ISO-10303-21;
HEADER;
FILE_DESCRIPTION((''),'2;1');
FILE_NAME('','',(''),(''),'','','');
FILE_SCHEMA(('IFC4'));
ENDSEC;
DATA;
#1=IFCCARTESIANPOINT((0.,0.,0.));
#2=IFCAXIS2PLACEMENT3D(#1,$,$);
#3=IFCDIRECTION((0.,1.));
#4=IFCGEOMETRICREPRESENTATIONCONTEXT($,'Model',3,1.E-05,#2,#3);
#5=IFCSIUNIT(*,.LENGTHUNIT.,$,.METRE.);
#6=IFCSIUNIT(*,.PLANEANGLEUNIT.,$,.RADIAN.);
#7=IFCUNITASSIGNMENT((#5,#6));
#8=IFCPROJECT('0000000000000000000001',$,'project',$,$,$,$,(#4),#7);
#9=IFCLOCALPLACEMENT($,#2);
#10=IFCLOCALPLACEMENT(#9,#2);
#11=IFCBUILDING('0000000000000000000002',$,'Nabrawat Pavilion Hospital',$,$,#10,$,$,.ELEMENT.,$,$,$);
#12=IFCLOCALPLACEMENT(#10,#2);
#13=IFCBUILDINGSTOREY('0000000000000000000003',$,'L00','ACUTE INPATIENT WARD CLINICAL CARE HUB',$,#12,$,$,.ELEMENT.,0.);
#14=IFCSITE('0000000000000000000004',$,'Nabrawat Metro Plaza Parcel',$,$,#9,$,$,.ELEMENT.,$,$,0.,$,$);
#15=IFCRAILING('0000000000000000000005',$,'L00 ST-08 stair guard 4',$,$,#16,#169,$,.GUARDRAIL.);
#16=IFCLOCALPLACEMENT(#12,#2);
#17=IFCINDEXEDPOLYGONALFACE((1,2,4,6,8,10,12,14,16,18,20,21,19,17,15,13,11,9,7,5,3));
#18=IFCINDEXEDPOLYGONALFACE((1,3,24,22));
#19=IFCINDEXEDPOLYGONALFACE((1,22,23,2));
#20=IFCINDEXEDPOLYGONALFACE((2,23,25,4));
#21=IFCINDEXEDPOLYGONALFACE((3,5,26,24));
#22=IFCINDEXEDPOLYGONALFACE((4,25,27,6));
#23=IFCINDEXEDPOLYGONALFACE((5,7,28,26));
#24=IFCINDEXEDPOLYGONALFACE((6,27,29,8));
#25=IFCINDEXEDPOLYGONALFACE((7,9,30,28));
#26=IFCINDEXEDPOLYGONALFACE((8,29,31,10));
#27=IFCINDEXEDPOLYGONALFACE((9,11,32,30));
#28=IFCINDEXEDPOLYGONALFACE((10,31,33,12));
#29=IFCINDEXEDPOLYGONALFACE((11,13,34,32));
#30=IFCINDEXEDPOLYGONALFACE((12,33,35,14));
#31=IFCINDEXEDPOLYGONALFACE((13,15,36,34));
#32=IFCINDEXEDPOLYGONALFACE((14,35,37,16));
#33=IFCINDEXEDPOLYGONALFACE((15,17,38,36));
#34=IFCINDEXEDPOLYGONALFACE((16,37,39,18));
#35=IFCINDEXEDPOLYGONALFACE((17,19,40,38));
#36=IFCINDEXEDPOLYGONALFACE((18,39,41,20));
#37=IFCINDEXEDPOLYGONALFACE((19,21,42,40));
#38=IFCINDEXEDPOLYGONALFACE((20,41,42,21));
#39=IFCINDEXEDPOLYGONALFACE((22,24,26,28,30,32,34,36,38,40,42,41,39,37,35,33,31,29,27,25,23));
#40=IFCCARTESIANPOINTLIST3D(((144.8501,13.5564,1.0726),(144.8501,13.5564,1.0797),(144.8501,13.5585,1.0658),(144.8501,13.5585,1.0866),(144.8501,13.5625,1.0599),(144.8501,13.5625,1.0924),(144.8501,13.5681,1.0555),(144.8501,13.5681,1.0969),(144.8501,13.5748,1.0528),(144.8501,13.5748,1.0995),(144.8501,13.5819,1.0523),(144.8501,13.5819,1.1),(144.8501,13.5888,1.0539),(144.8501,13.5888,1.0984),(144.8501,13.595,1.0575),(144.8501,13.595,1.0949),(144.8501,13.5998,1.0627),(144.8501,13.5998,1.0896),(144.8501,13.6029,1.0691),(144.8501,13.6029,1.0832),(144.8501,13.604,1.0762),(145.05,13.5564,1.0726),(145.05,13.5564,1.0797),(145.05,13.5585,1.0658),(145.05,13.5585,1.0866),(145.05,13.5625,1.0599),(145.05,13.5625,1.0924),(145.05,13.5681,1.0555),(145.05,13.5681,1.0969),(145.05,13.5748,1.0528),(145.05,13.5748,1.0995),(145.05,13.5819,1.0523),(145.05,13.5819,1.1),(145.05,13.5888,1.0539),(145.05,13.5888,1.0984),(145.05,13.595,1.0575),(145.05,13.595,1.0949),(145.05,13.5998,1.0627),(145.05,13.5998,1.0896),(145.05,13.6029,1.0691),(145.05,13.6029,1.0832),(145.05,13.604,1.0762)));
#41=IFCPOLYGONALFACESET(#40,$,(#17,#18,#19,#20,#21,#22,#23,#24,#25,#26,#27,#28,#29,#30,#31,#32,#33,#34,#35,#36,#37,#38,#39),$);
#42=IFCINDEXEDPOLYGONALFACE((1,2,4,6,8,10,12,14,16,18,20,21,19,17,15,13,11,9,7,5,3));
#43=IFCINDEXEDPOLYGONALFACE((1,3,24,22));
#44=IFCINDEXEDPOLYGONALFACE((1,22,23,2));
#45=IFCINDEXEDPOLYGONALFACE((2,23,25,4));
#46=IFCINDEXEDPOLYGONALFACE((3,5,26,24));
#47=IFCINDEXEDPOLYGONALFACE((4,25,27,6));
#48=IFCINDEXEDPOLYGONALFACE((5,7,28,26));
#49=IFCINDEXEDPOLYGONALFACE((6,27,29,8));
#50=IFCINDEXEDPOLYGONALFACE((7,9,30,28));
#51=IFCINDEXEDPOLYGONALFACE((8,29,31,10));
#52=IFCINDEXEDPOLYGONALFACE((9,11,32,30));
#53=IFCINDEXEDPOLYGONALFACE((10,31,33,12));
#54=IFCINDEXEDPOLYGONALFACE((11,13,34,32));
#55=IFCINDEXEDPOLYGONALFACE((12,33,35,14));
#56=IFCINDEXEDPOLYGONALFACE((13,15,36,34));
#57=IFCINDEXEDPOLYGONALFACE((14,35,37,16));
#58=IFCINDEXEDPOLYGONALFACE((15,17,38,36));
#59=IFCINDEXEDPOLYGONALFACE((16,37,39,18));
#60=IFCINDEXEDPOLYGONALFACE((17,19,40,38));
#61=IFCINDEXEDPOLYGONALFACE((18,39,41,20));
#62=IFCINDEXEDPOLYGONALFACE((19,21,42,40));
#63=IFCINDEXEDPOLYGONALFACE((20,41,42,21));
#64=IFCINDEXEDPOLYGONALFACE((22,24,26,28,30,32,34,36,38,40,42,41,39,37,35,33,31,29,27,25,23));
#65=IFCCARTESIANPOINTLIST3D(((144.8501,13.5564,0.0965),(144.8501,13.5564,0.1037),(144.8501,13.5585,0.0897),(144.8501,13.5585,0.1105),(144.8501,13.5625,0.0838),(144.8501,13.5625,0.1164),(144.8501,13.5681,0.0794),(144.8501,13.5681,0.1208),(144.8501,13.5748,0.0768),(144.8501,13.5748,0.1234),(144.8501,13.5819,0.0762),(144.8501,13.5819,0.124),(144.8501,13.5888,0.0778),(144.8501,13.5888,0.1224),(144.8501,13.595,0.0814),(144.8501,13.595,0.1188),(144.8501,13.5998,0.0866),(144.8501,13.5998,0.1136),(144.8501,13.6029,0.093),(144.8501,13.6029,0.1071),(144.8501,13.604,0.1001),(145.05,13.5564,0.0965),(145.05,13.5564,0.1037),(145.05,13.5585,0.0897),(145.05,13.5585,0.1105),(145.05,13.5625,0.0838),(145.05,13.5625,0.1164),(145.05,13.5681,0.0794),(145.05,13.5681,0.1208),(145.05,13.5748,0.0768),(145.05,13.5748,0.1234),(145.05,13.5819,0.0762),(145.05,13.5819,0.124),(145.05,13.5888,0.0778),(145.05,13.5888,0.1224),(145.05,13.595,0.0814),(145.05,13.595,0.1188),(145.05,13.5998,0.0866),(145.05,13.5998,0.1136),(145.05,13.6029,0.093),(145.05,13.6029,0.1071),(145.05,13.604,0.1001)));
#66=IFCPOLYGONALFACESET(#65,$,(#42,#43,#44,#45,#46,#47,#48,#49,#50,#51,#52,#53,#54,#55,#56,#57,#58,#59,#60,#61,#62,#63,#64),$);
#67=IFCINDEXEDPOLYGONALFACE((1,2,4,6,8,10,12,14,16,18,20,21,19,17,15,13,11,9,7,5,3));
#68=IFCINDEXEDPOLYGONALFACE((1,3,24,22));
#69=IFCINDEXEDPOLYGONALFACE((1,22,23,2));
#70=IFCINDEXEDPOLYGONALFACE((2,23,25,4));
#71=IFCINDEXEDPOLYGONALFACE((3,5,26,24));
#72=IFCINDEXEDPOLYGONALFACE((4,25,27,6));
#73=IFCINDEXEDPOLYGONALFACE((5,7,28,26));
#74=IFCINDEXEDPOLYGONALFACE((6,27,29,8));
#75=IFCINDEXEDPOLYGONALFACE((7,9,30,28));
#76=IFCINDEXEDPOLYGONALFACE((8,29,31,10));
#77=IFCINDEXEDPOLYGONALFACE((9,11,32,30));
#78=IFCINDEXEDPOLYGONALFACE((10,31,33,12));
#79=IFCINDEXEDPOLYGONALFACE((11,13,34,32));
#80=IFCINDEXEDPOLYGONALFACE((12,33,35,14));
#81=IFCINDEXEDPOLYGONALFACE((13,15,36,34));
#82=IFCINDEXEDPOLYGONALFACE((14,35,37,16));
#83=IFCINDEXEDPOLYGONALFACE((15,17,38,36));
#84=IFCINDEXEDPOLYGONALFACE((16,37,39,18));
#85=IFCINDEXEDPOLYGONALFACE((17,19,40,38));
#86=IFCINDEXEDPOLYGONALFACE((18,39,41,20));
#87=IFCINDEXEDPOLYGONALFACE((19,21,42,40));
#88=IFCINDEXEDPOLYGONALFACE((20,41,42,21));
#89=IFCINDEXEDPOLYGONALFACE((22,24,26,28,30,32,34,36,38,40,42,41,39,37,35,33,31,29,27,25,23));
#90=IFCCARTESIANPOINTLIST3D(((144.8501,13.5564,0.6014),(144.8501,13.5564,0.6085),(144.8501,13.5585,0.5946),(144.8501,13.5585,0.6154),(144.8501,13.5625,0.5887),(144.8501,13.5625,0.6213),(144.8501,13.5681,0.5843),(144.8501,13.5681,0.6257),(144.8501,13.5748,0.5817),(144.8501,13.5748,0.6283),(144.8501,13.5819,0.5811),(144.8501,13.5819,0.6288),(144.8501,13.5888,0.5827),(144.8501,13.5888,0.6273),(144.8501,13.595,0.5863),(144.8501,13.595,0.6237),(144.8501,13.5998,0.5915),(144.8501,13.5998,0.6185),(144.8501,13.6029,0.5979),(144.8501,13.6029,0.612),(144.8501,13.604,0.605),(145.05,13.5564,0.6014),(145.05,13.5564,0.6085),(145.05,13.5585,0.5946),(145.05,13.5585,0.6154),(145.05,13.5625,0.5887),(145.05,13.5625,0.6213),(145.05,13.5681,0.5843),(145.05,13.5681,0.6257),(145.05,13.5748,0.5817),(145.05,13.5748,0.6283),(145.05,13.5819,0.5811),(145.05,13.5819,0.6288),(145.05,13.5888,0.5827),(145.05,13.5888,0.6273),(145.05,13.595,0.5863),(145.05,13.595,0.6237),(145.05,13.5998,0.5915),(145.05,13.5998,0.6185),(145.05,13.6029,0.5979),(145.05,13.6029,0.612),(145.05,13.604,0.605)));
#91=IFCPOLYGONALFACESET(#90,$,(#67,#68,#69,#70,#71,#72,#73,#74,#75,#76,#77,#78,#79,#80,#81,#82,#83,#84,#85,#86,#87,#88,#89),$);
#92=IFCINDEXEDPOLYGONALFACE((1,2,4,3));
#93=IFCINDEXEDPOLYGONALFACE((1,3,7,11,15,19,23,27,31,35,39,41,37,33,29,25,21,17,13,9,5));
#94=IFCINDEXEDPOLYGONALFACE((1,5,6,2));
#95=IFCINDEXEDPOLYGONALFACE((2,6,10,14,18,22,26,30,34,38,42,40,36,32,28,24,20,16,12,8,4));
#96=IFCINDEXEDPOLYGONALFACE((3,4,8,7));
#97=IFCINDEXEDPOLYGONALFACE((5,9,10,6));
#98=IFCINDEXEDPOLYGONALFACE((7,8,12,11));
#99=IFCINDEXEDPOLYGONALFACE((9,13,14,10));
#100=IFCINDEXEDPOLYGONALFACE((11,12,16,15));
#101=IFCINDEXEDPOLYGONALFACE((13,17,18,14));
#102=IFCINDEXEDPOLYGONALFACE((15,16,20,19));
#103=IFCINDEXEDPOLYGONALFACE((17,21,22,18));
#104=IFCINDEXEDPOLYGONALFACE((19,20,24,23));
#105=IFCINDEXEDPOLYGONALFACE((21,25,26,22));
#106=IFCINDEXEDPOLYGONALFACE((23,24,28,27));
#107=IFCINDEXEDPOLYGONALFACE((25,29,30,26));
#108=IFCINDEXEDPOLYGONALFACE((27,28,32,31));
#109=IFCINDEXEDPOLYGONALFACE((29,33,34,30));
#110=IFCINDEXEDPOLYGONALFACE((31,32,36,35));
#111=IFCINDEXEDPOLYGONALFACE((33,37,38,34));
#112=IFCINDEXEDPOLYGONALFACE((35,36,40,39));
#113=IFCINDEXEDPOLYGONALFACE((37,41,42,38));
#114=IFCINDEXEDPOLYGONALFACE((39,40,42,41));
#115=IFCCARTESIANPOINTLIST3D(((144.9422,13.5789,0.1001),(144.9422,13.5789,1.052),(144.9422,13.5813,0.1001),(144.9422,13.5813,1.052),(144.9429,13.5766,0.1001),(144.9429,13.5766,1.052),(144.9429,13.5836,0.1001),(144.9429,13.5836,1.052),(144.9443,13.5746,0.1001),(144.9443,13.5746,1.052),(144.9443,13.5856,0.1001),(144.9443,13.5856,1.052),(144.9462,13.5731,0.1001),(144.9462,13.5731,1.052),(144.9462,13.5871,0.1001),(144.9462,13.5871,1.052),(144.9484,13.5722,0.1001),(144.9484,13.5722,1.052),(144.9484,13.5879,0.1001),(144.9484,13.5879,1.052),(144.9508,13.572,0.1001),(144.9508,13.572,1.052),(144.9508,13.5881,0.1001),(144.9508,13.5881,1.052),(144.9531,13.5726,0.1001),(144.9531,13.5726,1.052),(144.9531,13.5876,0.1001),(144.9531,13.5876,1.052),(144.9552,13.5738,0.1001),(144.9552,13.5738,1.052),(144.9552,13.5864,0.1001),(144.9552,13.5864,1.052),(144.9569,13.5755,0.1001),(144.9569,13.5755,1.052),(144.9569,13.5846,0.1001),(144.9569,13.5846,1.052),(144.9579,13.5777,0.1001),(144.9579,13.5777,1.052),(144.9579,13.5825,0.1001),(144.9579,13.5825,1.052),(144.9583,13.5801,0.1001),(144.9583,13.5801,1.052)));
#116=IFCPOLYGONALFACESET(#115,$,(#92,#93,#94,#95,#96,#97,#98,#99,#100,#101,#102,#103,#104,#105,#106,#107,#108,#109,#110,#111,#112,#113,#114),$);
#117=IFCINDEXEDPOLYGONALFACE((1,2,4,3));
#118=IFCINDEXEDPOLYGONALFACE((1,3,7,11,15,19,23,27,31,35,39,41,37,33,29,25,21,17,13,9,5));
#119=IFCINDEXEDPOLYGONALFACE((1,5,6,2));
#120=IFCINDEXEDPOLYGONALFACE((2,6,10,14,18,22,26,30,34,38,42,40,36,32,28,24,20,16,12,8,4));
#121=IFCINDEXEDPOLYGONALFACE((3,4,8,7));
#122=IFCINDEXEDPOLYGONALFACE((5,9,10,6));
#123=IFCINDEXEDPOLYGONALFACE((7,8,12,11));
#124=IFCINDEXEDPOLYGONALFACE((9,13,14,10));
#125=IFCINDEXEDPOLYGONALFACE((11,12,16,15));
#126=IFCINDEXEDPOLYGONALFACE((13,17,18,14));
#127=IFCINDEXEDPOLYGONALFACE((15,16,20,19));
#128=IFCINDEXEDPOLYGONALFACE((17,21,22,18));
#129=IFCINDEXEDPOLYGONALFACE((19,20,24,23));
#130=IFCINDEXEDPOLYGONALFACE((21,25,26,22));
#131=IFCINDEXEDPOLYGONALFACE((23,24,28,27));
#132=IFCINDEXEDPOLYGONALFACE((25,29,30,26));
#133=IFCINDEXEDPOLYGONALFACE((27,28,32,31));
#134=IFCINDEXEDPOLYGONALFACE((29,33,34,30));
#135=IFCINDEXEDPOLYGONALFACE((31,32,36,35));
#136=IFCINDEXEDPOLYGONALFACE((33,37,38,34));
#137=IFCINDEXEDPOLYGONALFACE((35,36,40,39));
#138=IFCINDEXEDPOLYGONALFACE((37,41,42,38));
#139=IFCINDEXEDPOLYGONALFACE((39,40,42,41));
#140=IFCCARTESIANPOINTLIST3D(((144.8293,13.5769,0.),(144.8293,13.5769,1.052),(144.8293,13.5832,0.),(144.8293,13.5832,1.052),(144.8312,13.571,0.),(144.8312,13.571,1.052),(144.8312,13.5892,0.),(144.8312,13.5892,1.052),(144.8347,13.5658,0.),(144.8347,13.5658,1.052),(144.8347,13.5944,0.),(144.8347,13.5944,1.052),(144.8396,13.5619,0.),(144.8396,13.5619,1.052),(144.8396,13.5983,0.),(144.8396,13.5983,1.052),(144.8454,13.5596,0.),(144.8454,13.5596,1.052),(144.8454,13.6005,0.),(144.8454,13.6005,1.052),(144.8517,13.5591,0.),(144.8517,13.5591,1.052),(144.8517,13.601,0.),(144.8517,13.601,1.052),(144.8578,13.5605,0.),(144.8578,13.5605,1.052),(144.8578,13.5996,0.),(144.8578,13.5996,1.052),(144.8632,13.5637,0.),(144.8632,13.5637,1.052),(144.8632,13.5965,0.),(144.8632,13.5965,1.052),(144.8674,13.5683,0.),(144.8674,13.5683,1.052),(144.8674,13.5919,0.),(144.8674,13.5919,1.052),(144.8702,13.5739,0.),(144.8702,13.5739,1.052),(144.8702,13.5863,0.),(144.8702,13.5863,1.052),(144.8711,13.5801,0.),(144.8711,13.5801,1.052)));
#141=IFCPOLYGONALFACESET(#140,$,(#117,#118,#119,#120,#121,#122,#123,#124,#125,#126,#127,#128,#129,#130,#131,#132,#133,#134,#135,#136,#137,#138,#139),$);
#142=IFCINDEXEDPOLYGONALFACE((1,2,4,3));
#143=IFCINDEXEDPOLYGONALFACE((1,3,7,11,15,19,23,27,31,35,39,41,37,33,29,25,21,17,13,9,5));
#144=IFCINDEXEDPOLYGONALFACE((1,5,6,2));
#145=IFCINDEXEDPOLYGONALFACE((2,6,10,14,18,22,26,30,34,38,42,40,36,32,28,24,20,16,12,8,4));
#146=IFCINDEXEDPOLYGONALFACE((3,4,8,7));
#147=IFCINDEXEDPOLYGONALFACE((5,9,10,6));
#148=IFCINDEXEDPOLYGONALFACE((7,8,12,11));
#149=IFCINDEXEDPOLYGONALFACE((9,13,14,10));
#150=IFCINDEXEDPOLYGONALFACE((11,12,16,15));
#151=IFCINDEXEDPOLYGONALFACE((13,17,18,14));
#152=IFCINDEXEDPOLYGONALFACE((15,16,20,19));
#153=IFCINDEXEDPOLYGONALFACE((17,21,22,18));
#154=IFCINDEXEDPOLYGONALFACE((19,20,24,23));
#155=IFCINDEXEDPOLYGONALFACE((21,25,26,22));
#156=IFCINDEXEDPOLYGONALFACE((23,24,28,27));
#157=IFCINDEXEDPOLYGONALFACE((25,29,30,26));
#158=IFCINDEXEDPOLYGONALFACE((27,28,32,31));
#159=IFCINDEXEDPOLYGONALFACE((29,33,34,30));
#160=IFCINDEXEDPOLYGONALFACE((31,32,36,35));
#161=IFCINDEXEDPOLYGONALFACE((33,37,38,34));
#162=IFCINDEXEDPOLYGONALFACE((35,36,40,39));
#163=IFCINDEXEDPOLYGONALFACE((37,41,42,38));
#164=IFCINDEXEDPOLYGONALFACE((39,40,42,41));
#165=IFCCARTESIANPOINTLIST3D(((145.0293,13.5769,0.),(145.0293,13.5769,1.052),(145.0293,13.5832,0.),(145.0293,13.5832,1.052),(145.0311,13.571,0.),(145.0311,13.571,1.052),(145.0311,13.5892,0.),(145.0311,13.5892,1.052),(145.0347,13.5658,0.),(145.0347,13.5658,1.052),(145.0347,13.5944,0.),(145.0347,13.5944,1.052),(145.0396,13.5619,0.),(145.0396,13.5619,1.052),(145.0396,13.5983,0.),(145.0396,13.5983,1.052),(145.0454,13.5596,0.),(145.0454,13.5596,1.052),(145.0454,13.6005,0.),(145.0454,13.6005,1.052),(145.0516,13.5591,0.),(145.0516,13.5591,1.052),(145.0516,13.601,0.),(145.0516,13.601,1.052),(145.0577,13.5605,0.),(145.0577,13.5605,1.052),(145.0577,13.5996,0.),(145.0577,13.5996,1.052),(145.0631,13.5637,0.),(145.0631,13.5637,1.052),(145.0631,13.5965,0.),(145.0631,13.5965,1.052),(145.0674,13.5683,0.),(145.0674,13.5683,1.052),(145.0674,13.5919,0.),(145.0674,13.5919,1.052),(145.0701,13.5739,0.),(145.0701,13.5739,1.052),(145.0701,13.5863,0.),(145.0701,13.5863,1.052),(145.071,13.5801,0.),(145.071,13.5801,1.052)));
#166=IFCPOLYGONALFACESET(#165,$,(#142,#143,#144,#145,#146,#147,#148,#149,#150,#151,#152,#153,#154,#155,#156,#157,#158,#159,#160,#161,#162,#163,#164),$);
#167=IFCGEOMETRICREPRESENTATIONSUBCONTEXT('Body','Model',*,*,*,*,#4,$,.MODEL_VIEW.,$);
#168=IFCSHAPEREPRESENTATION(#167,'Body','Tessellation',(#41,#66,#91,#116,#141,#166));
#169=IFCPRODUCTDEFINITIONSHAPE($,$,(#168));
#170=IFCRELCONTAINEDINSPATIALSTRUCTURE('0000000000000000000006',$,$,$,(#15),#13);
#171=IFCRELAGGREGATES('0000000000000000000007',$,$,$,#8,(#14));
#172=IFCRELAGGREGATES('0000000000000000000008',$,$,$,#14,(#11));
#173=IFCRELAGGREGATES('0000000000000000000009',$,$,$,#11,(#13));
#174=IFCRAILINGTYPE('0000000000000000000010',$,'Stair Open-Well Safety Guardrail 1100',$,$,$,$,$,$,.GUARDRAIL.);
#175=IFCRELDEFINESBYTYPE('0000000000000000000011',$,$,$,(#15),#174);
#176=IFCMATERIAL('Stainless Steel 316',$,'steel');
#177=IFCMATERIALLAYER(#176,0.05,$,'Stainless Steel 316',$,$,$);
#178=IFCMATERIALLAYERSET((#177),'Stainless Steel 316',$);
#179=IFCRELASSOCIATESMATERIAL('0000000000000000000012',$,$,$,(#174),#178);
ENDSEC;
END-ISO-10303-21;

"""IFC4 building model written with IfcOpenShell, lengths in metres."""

from ifc_helpers import new_model, si_unit, direction, frame, origin, origin_2d, place, context, subcontext, project, spatial, circle, extrude, material, layer, layer_set, type_object, element, save


model = new_model("IFC4")

# Units and contexts
model_context = context("Model", 3, precision=1e-05, world=origin(), true_north=direction((0.0, 1.0)))
body_context = subcontext(model_context, "Body", "Model", "MODEL_VIEW")
ifc_project = project(units=[si_unit("LENGTHUNIT", "METRE"), si_unit("PLANEANGLEUNIT", "RADIAN")], contexts=[model_context])

# Site, building, storey
site_placement = place(None, origin())
site = spatial("IfcSite", under=ifc_project, at=site_placement, Name="Nabrawat Metro Plaza Parcel", CompositionType="ELEMENT", RefElevation=0.0)
building_placement = place(site_placement, origin())
building = spatial("IfcBuilding", under=site, at=building_placement, Name="Nabrawat Pavilion Hospital", CompositionType="ELEMENT")
storey_placement = place(building_placement, origin())
storey = spatial("IfcBuildingStorey", under=building, at=storey_placement, Name="L00", Description="ACUTE INPATIENT WARD CLINICAL CARE HUB", CompositionType="ELEMENT", Elevation=0.0)

# Railing
ifc_material_1 = material(Name="Stainless Steel 316", Category="steel")
ifc_layer_1 = layer(ifc_material_1, 0.05, Name="Stainless Steel 316")
ifc_layer_set_1 = layer_set([ifc_layer_1], Name="Stainless Steel 316")
railing_type_1 = type_object("IfcRailingType", Name="Stair Open-Well Safety Guardrail 1100", PredefinedType="GUARDRAIL", material=ifc_layer_set_1)
railing_1_placement = place(storey_placement, frame((144.8501, 13.5801, 0.0)))
element("IfcRailing", 1, at=railing_1_placement, inside=storey, type_object=railing_type_1, Name="L00 ST-08 stair guard 4", PredefinedType="GUARDRAIL", context=body_context, shape_type="SweptSolid", body=[
    extrude(circle(Radius=0.0239, at=origin_2d()), frame((0.0, 0.0, 1.0762), z_axis=(1.0, 0.0, 0.0), x_axis=(0.0, 1.0, 0.0)), (0.0, 0.0, 1.0), 0.2),
    extrude(circle(Radius=0.0239, at=origin_2d()), frame((0.0, 0.0, 0.1001), z_axis=(1.0, 0.0, 0.0), x_axis=(0.0, 1.0, 0.0)), (0.0, 0.0, 1.0), 0.2),
    extrude(circle(Radius=0.0239, at=origin_2d()), frame((0.0, 0.0, 0.605), z_axis=(1.0, 0.0, 0.0), x_axis=(0.0, 1.0, 0.0)), (0.0, 0.0, 1.0), 0.2),
    extrude(circle(Radius=0.0081, at=origin_2d()), frame((0.1001, 0.0, 0.1001)), (0.0, 0.0, 1.0), 0.9519),
    extrude(circle(Radius=0.021, at=origin_2d()), origin(), (0.0, 0.0, 1.0), 1.052),
    extrude(circle(Radius=0.021, at=origin_2d()), frame((0.2, 0.0, 0.0)), (0.0, 0.0, 1.0), 1.052),
])

save(model, "model.ifc")
